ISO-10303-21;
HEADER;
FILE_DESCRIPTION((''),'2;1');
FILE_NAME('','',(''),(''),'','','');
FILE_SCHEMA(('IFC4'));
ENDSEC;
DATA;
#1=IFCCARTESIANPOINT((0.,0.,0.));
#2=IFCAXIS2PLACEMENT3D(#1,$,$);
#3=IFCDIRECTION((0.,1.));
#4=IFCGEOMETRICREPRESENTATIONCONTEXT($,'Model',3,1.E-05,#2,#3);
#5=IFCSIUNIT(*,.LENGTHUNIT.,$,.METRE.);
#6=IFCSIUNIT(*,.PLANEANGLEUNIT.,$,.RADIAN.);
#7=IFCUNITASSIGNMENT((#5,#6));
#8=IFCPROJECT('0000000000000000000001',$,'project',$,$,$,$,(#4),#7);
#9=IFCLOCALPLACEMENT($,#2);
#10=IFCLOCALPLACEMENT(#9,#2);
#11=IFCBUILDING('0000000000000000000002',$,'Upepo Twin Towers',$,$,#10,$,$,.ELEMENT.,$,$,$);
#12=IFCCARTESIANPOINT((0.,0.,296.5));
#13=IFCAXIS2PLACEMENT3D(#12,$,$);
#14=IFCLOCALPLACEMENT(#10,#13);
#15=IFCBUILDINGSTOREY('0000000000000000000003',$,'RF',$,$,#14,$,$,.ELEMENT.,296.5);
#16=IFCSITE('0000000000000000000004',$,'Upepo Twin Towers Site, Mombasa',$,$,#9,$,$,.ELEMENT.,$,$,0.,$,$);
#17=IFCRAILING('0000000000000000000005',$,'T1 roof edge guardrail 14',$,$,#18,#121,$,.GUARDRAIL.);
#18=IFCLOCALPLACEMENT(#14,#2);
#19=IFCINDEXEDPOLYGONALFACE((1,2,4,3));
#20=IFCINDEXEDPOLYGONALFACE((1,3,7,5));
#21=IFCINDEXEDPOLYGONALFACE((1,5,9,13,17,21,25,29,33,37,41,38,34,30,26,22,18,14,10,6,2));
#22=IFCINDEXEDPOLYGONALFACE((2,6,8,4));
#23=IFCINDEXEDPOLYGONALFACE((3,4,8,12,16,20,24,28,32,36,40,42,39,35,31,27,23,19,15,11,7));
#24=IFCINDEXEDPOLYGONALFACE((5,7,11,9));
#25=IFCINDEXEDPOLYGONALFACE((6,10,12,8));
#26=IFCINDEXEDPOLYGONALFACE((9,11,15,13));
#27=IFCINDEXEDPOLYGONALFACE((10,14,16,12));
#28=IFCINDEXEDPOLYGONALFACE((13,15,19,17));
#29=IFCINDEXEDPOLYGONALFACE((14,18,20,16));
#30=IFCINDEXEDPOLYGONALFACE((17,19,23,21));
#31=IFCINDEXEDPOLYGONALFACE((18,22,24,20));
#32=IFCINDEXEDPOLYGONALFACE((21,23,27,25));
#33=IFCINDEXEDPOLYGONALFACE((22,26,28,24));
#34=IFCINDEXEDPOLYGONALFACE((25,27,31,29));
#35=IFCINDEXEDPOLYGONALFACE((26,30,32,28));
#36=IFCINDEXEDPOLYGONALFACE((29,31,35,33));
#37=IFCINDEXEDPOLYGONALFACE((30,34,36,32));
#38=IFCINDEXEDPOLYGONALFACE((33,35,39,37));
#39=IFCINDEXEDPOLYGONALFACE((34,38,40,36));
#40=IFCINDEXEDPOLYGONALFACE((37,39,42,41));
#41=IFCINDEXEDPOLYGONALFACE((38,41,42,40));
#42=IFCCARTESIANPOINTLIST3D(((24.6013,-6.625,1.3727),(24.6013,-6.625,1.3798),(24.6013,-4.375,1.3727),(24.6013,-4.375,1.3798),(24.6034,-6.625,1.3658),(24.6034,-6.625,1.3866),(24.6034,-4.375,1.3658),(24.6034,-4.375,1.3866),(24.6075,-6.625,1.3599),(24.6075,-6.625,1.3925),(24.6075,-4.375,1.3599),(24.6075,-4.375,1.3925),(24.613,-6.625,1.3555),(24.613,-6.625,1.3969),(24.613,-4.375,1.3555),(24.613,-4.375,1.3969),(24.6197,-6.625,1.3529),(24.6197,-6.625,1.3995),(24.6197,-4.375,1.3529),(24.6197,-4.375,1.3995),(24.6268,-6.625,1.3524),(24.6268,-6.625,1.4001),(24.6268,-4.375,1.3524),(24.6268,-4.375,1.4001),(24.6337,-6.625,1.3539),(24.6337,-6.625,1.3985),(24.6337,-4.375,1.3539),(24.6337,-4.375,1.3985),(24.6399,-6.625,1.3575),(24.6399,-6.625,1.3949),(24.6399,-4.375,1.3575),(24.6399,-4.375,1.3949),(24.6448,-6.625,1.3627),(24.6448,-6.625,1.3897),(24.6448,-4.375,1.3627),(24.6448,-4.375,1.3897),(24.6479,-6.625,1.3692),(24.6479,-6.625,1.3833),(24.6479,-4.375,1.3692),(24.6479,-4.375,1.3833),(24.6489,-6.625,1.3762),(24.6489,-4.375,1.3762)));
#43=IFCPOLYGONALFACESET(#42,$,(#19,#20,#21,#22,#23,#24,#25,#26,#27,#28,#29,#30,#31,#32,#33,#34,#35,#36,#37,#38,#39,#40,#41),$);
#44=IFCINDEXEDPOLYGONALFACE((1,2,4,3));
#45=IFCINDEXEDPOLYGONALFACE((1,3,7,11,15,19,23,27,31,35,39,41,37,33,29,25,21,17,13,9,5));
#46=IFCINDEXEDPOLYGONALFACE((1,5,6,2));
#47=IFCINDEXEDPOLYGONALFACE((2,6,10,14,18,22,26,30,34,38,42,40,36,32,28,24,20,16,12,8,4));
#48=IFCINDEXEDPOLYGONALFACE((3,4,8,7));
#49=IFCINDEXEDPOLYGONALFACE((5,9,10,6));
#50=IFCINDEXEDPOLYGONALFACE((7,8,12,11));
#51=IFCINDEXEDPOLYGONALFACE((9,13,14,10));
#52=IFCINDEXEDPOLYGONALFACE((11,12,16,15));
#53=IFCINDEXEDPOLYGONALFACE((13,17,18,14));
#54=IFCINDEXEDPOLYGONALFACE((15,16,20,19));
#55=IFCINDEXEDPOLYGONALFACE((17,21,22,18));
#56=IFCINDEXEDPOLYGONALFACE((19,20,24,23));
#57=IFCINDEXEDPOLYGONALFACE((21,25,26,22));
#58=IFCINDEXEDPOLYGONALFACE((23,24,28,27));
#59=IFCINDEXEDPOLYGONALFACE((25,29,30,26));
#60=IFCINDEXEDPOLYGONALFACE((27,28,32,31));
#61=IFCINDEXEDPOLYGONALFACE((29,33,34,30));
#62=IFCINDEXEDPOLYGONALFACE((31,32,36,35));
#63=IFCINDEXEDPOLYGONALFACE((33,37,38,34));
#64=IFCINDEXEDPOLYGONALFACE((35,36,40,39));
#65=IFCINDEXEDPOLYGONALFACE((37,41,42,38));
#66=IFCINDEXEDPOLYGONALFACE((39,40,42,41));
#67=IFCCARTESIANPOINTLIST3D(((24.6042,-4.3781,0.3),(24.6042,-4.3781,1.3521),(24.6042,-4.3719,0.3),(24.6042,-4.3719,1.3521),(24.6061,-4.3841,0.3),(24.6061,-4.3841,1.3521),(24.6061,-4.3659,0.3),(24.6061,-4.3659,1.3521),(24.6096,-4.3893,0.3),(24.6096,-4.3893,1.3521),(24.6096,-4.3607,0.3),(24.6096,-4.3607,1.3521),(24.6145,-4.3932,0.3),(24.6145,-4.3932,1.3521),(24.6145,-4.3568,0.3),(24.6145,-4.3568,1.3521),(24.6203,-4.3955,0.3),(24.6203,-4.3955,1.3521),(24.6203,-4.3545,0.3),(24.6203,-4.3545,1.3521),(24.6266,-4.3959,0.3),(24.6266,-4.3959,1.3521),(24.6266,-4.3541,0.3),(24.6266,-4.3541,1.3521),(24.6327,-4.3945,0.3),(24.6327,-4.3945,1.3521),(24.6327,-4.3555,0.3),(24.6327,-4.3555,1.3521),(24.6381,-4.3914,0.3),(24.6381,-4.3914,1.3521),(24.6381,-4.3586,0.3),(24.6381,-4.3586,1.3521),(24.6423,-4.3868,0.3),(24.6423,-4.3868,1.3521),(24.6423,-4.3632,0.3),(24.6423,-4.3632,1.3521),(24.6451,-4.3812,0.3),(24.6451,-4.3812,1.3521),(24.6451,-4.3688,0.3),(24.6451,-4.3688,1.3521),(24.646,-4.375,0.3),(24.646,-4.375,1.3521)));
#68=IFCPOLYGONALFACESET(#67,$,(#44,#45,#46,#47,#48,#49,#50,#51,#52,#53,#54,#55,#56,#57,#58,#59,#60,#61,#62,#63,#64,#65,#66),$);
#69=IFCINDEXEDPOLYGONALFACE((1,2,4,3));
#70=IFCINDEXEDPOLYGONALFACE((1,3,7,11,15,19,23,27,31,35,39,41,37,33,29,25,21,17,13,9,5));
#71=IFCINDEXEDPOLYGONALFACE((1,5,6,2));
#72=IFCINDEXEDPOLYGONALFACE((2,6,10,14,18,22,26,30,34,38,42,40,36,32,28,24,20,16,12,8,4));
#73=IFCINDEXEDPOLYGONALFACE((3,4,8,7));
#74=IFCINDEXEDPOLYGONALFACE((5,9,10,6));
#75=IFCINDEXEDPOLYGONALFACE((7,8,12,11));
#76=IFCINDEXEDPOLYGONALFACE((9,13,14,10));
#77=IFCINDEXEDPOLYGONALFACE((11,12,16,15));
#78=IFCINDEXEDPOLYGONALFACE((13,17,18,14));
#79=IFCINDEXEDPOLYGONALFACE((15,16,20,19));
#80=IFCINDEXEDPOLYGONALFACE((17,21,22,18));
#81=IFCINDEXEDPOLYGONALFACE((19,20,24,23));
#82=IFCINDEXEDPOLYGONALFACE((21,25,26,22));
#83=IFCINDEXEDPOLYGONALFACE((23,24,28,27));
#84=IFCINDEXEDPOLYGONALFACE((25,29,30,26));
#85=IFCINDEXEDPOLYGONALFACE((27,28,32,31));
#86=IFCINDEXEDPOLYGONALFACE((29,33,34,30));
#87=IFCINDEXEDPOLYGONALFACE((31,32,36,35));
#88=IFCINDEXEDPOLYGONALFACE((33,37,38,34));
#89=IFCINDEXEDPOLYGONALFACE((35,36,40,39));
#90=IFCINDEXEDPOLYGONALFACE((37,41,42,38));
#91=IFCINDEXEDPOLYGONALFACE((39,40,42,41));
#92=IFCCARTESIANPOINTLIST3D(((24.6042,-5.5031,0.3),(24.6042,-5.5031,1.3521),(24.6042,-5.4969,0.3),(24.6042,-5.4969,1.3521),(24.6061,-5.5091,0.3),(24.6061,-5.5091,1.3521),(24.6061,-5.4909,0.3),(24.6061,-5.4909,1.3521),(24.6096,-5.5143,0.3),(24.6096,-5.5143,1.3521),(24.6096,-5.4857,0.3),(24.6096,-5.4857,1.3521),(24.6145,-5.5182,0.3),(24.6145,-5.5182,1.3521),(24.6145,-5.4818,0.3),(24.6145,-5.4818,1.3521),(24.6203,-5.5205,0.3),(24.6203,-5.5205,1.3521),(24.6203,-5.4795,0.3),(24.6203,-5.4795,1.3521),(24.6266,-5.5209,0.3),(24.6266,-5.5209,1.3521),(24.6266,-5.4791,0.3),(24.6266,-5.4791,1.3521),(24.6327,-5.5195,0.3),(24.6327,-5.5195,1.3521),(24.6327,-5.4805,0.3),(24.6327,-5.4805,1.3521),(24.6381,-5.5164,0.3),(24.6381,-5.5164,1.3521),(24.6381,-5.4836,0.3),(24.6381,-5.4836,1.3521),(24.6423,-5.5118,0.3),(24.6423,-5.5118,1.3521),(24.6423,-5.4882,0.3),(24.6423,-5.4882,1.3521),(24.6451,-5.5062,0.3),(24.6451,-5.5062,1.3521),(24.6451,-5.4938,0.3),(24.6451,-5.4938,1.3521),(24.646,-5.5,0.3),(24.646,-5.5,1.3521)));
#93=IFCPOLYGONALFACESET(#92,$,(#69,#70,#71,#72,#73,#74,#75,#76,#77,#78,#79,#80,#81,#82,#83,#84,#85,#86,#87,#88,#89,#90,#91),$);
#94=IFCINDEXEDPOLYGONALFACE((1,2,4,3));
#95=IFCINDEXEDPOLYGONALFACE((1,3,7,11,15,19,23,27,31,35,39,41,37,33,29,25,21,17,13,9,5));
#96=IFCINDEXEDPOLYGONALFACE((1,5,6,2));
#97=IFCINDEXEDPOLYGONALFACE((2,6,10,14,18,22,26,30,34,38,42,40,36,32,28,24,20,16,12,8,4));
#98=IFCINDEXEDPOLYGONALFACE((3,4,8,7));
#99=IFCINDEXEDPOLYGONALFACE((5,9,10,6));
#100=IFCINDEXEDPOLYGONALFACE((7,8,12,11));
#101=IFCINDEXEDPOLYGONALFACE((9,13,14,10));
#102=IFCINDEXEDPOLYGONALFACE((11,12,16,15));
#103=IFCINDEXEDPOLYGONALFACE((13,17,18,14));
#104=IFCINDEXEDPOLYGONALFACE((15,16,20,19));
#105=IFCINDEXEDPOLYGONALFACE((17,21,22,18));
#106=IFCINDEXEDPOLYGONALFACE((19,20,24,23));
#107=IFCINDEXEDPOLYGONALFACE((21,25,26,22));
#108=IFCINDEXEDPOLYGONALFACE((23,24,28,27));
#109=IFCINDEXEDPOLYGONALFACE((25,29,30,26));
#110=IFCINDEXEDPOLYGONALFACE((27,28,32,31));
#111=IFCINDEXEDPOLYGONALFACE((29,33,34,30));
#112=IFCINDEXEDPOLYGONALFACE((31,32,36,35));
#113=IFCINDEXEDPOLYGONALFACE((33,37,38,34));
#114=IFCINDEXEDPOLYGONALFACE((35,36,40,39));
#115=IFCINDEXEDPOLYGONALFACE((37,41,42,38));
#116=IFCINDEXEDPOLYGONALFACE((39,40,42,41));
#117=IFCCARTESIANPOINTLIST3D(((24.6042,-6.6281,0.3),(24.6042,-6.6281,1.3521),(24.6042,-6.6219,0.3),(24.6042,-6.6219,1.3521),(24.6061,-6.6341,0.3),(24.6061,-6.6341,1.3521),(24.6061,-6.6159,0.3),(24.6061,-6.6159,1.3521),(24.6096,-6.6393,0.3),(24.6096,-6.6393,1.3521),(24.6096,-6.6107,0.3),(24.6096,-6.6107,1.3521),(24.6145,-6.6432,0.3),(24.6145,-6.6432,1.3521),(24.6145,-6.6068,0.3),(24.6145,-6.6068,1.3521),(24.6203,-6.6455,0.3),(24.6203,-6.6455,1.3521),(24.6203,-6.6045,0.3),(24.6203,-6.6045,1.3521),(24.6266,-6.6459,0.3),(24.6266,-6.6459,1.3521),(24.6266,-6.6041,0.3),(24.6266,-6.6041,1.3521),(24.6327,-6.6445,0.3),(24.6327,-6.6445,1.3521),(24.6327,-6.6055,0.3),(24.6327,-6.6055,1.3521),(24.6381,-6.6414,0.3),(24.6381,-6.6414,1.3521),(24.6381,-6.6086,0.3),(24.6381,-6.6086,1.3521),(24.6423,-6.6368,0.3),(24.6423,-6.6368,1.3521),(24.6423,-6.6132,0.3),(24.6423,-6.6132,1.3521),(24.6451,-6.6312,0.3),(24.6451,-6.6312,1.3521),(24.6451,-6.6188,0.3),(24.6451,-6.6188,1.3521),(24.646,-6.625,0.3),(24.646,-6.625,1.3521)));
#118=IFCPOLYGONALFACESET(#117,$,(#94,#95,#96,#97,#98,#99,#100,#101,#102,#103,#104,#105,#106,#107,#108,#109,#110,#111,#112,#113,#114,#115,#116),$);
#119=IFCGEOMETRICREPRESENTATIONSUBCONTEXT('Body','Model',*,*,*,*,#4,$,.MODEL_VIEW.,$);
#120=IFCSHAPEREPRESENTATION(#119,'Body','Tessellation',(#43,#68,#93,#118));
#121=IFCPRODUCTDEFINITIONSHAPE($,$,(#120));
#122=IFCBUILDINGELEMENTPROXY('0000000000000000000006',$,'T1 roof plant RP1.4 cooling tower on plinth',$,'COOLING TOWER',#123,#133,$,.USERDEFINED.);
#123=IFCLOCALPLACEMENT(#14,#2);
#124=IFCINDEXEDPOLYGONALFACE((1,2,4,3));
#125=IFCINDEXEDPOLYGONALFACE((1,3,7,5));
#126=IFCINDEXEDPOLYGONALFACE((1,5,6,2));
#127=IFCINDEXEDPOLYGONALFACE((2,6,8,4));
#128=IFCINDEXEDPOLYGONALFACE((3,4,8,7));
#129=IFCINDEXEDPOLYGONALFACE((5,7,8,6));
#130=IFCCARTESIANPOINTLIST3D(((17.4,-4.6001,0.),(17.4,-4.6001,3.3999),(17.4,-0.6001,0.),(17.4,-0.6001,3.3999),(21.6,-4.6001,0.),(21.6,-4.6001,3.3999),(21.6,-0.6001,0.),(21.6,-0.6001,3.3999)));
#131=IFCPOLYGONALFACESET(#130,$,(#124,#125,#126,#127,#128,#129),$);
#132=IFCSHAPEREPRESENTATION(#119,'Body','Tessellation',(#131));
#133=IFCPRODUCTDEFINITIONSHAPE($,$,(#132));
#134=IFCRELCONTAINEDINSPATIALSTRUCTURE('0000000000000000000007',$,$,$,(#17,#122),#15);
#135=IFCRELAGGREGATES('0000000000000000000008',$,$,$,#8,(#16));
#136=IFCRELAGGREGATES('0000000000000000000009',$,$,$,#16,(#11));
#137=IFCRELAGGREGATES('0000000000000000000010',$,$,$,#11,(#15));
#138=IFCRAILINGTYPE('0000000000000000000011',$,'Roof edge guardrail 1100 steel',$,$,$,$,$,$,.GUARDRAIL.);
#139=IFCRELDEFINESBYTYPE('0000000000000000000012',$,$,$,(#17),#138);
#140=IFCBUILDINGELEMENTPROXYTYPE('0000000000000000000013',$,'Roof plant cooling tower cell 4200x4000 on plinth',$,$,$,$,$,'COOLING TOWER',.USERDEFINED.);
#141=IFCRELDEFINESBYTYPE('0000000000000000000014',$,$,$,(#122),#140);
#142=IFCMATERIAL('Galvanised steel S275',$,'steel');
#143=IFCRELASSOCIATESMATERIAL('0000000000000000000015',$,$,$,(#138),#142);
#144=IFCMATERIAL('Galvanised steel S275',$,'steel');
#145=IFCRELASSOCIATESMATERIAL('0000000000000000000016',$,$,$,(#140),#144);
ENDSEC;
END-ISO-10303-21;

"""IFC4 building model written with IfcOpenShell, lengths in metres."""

from ifc_helpers import new_model, si_unit, direction, frame, origin, origin_2d, place, context, subcontext, project, spatial, rectangle, circle, extrude, material, type_object, element, save


model = new_model("IFC4")

# Units and contexts
model_context = context("Model", 3, precision=1e-05, world=origin(), true_north=direction((0.0, 1.0)))
body_context = subcontext(model_context, "Body", "Model", "MODEL_VIEW")
ifc_project = project(units=[si_unit("LENGTHUNIT", "METRE"), si_unit("PLANEANGLEUNIT", "RADIAN")], contexts=[model_context])

# Site, building, storey
site_placement = place(None, origin())
site = spatial("IfcSite", under=ifc_project, at=site_placement, Name="Upepo Twin Towers Site, Mombasa", CompositionType="ELEMENT", RefElevation=0.0)
building_placement = place(site_placement, origin())
building = spatial("IfcBuilding", under=site, at=building_placement, Name="Upepo Twin Towers", CompositionType="ELEMENT")
storey_placement = place(building_placement, frame((0.0, 0.0, 296.5)))
storey = spatial("IfcBuildingStorey", under=building, at=storey_placement, Name="RF", CompositionType="ELEMENT", Elevation=296.5)

# Railing
ifc_material_1 = material(Name="Galvanised steel S275", Category="steel")
railing_type = type_object("IfcRailingType", Name="Roof edge guardrail 1100 steel", PredefinedType="GUARDRAIL", material=ifc_material_1)
railing_1_placement = place(storey_placement, frame((24.625, -4.375, 0.3)))
element("IfcRailing", 1, at=railing_1_placement, inside=storey, type_object=railing_type, Name="T1 roof edge guardrail 14", PredefinedType="GUARDRAIL", context=body_context, shape_type="SweptSolid", body=[
    extrude(circle(Radius=0.0239, at=origin_2d()), frame((0.0, 0.0, 1.0762), z_axis=(0.0, -1.0, 0.0), x_axis=(1.0, 0.0, 0.0)), (0.0, 0.0, 1.0), 2.25),
    extrude(circle(Radius=0.021, at=origin_2d()), origin(), (0.0, 0.0, 1.0), 1.052),
    extrude(circle(Radius=0.021, at=origin_2d()), frame((0.0, -1.125, 0.0)), (0.0, 0.0, 1.0), 1.052),
    extrude(circle(Radius=0.021, at=origin_2d()), frame((0.0, -2.25, 0.0)), (0.0, 0.0, 1.0), 1.052),
])

# Building element proxy
ifc_material_2 = material(Name="Galvanised steel S275", Category="steel")
building_element_proxy_type = type_object("IfcBuildingElementProxyType", Name="Roof plant cooling tower cell 4200x4000 on plinth", ElementType="COOLING TOWER", PredefinedType="USERDEFINED", material=ifc_material_2)
proxy_placement = place(storey_placement, frame((19.5, -2.6001, 0.0), z_axis=(0.0, 0.0, 1.0), x_axis=(1.0, 0.0, 0.0)))
element("IfcBuildingElementProxy", 2, at=proxy_placement, inside=storey, type_object=building_element_proxy_type, Name="T1 roof plant RP1.4 cooling tower on plinth", ObjectType="COOLING TOWER", PredefinedType="USERDEFINED", context=body_context, shape_type="SweptSolid", body=[
    extrude(rectangle(XDim=4.2, YDim=4.0, at=origin_2d()), origin(), (0.0, 0.0, 1.0), 3.3999),
])

save(model, "model.ifc")
